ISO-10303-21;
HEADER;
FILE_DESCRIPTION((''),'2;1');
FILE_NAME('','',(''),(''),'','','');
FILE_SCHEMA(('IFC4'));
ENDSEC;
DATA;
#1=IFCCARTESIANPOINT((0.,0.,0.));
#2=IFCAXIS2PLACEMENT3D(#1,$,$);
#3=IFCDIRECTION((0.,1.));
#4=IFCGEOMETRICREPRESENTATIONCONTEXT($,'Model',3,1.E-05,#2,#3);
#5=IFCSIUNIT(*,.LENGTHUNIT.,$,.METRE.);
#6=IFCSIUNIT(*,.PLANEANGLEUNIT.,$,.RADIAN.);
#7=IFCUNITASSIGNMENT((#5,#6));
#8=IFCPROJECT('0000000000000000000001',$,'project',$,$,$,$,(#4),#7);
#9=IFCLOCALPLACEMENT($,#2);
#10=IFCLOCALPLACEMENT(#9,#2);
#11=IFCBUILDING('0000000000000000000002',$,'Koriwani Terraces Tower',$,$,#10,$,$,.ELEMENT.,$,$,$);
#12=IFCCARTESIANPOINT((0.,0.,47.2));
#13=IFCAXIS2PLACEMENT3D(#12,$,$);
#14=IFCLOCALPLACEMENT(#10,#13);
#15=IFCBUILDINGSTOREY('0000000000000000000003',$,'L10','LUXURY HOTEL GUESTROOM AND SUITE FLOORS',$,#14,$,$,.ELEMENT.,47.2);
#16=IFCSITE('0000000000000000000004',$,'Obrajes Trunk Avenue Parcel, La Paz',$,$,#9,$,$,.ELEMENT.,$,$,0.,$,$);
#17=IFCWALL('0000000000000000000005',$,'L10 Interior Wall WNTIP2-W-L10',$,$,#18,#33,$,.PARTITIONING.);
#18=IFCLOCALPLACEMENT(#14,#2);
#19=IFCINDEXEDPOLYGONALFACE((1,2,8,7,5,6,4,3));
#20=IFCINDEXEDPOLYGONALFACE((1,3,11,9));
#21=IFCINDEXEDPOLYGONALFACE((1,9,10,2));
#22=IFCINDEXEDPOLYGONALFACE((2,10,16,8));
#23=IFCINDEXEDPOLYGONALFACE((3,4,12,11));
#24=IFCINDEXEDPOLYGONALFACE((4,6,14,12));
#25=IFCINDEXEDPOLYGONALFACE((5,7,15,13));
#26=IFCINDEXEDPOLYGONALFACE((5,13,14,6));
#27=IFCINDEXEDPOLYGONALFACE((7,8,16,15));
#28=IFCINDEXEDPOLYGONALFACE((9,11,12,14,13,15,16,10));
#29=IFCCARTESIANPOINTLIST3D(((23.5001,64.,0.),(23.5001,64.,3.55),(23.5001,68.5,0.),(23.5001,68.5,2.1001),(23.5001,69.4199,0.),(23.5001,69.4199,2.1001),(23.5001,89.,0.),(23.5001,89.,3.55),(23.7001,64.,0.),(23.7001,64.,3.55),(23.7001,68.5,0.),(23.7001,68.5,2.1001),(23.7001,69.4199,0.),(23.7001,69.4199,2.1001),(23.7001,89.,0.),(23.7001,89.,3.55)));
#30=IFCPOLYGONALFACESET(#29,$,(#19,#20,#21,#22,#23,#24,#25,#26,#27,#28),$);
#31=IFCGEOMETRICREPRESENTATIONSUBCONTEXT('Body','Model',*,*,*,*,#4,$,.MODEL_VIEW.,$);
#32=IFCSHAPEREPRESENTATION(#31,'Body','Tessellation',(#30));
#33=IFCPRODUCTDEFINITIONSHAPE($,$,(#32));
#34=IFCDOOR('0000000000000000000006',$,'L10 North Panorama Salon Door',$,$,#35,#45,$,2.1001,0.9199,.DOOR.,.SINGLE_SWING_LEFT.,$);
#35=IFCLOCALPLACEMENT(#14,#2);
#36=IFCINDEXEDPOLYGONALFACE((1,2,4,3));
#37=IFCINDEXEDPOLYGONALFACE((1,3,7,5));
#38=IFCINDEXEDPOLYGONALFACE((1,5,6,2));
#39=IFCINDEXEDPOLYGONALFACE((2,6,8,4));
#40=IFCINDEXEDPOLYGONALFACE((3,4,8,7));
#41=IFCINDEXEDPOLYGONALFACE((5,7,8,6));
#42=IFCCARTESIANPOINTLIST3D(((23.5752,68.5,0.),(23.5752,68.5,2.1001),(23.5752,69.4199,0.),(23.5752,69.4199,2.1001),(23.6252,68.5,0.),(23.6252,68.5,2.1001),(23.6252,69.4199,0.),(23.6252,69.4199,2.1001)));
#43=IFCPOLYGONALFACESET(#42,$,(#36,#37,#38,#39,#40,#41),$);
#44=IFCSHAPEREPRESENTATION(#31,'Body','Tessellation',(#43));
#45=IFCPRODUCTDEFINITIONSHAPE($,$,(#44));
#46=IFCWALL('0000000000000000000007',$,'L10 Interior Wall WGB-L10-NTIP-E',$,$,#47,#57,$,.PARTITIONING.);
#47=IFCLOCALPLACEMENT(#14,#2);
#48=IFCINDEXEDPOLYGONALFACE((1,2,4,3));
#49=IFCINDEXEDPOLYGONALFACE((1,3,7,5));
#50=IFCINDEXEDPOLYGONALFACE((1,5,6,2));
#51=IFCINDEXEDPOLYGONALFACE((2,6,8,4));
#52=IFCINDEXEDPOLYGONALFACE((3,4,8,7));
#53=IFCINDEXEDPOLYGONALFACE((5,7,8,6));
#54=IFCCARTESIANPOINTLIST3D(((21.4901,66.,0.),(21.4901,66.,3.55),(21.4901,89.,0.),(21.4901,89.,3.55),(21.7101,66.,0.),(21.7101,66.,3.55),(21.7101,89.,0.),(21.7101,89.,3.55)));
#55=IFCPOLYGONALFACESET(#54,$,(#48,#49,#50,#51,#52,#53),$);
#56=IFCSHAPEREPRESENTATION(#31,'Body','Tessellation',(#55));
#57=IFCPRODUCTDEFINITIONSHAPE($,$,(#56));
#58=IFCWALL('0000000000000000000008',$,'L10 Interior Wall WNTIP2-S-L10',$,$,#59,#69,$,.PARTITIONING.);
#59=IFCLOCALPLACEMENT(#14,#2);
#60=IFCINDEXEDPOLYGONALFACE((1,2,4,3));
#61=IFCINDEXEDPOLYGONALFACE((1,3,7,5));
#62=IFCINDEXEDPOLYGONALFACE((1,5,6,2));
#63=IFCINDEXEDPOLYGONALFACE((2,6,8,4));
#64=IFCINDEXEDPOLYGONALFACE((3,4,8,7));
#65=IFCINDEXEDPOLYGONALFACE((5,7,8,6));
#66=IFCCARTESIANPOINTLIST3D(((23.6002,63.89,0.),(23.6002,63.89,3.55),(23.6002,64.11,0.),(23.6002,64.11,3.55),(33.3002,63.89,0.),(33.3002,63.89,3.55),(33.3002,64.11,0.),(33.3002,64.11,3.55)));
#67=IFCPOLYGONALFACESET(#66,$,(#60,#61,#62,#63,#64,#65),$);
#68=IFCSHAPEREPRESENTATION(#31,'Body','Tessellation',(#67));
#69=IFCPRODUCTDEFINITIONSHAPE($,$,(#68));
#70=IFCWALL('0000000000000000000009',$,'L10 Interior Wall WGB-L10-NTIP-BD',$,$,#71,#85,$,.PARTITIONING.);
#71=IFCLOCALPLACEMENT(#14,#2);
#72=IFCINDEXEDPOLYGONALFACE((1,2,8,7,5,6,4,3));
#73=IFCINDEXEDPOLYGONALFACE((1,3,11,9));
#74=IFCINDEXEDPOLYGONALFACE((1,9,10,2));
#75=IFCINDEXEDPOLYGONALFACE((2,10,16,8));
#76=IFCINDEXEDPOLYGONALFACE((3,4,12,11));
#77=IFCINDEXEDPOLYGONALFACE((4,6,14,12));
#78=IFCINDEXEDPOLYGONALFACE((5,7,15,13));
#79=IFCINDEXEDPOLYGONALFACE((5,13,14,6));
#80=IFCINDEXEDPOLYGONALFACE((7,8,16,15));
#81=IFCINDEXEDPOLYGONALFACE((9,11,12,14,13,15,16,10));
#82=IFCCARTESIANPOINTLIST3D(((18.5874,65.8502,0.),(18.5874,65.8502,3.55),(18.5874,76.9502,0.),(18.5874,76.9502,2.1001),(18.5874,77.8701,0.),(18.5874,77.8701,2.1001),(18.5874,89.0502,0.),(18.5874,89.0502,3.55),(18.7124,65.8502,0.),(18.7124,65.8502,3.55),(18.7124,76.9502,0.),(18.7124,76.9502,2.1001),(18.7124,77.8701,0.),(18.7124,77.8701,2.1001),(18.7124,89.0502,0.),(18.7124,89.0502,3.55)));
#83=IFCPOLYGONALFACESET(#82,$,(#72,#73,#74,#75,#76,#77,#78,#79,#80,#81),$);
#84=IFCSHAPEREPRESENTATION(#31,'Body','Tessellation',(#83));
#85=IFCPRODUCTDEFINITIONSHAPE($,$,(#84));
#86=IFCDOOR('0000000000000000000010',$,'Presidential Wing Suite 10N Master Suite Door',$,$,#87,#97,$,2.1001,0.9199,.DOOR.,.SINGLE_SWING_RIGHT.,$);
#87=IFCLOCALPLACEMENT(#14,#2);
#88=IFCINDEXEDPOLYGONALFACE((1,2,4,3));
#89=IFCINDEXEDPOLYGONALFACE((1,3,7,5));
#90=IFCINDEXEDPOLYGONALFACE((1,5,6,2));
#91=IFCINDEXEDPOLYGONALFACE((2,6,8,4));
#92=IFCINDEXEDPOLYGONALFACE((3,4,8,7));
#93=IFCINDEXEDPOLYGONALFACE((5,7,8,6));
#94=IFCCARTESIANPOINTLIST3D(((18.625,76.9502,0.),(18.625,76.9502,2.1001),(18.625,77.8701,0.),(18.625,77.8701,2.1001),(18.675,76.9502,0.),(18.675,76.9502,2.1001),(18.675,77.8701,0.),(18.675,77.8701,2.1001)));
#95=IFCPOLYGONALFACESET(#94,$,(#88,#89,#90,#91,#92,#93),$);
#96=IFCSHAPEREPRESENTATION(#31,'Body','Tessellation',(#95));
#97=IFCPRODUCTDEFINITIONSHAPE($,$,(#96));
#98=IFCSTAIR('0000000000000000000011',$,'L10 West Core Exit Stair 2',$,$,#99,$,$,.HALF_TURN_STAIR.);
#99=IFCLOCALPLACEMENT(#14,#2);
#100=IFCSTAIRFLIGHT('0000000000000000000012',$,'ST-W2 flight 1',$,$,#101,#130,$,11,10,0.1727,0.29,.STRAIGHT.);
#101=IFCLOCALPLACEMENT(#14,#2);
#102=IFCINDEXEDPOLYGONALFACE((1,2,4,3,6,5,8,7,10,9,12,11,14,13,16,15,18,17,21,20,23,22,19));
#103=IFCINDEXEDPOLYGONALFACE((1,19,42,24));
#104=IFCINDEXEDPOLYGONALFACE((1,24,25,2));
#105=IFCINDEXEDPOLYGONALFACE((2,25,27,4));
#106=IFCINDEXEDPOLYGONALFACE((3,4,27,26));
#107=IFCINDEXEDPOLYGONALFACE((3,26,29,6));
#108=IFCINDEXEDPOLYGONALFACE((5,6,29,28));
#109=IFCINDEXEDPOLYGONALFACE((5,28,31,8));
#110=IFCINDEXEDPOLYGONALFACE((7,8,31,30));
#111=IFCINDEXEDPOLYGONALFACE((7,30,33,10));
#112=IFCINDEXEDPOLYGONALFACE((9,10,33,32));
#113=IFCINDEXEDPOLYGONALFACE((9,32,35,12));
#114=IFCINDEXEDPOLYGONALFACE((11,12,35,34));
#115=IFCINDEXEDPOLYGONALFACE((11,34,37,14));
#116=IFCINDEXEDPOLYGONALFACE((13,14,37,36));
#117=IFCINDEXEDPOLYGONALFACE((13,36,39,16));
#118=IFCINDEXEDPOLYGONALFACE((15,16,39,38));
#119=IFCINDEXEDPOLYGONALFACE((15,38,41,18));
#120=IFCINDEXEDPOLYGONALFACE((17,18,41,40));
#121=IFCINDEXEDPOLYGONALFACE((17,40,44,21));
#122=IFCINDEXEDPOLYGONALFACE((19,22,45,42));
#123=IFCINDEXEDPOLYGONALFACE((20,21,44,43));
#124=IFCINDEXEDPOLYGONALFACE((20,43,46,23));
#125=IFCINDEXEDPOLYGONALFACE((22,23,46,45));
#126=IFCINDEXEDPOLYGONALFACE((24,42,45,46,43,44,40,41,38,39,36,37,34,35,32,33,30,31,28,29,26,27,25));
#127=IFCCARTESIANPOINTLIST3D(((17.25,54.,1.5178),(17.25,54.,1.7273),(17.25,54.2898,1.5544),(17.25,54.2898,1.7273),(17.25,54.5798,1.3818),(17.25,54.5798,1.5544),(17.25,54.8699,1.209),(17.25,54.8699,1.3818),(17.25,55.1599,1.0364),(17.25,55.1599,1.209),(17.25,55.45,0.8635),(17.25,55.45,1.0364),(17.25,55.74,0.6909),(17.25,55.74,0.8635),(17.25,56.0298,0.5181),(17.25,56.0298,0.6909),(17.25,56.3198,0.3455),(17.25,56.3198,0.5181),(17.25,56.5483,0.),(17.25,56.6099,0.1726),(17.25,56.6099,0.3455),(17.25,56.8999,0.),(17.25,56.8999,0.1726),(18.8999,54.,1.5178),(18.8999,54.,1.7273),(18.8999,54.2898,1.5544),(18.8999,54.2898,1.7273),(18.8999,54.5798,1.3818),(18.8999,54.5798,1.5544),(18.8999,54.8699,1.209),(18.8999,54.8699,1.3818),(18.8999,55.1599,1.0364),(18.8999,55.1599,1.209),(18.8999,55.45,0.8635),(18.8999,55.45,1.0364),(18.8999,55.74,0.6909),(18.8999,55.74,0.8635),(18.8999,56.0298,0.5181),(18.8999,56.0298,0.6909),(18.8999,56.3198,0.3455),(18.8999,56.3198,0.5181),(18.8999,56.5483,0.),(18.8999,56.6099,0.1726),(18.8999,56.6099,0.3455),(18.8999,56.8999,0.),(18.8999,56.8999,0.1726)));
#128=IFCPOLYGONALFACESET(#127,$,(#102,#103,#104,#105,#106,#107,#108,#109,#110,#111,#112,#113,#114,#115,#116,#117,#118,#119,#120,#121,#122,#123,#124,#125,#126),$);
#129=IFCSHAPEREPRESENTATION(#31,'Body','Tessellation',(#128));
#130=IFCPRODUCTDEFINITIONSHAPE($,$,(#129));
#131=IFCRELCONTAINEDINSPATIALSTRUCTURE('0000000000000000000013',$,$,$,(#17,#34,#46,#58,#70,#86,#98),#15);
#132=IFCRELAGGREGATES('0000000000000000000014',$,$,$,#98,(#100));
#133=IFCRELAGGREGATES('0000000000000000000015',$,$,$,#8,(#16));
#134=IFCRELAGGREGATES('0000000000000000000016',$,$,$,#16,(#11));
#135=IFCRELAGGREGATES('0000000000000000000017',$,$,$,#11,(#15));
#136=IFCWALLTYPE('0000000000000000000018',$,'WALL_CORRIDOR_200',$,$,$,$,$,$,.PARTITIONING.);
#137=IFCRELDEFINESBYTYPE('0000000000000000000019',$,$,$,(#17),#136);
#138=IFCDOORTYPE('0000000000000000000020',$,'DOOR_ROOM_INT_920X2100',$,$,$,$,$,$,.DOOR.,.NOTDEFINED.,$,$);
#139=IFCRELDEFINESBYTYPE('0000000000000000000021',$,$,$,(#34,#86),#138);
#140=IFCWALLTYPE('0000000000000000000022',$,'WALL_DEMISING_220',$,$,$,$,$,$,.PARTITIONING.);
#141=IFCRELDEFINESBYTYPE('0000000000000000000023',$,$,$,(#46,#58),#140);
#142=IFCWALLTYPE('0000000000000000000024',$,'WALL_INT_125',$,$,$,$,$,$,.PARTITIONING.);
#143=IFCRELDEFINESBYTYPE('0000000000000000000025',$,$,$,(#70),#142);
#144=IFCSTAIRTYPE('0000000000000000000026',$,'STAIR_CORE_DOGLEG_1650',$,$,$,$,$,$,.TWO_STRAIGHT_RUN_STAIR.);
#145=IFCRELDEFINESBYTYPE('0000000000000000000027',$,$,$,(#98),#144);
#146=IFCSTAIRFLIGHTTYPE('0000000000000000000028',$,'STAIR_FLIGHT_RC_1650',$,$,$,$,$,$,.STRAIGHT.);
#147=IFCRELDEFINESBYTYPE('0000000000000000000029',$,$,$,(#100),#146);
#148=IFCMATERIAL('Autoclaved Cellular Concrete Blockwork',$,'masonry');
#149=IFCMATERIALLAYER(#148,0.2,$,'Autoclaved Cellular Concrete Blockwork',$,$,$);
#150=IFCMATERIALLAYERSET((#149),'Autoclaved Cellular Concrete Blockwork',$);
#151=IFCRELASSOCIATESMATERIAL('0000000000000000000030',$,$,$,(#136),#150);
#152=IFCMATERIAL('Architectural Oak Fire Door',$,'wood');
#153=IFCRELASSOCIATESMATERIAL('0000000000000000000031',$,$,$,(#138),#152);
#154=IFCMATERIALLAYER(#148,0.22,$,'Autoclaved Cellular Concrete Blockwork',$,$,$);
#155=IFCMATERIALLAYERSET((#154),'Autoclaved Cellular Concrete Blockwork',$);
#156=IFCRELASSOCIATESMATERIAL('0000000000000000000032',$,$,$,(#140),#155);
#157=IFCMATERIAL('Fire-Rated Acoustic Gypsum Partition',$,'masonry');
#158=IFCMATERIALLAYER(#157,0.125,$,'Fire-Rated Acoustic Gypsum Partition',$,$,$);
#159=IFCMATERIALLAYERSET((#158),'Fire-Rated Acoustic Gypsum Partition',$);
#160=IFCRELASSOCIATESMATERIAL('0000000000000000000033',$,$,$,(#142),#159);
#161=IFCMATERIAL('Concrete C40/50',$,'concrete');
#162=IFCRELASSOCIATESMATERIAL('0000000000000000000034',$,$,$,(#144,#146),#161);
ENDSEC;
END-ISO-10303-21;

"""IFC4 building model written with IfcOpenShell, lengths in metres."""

from ifc_helpers import new_model, si_unit, direction, frame, frame_2d, origin, place, context, subcontext, project, spatial, polyline, rectangle, outline, extrude, material, layer, layer_set, type_object, element, fill, aggregate, save


model = new_model("IFC4")

# Units and contexts
model_context = context("Model", 3, precision=1e-05, world=origin(), true_north=direction((0.0, 1.0)))
body_context = subcontext(model_context, "Body", "Model", "MODEL_VIEW")
ifc_project = project(units=[si_unit("LENGTHUNIT", "METRE"), si_unit("PLANEANGLEUNIT", "RADIAN")], contexts=[model_context])

# Site, building, storey
site_placement = place(None, origin())
site = spatial("IfcSite", under=ifc_project, at=site_placement, Name="Obrajes Trunk Avenue Parcel, La Paz", CompositionType="ELEMENT", RefElevation=0.0)
building_placement = place(site_placement, origin())
building = spatial("IfcBuilding", under=site, at=building_placement, Name="Koriwani Terraces Tower", CompositionType="ELEMENT")
storey_placement = place(building_placement, frame((0.0, 0.0, 47.2)))
storey = spatial("IfcBuildingStorey", under=building, at=storey_placement, Name="L10", Description="LUXURY HOTEL GUESTROOM AND SUITE FLOORS", CompositionType="ELEMENT", Elevation=47.2)

# Wall, opening, door
ifc_material_1 = material(Name="Autoclaved Cellular Concrete Blockwork", Category="masonry")
ifc_layer_1 = layer(ifc_material_1, 0.2, Name="Autoclaved Cellular Concrete Blockwork")
ifc_layer_set_1 = layer_set([ifc_layer_1], Name="Autoclaved Cellular Concrete Blockwork")
wall_type_1 = type_object("IfcWallType", Name="WALL_CORRIDOR_200", PredefinedType="PARTITIONING", material=ifc_layer_set_1)
wall_1_placement = place(storey_placement, frame((23.6001, 64.0, 0.0), z_axis=(0.0, 0.0, 1.0), x_axis=(0.0, 1.0, 0.0)))
wall_1 = element("IfcWall", 1, at=wall_1_placement, inside=storey, type_object=wall_type_1, Name="L10 Interior Wall WNTIP2-W-L10", PredefinedType="PARTITIONING", context=body_context, shape_type="SweptSolid", body=[
    extrude(rectangle(XDim=25.0, YDim=0.2, at=frame_2d((12.5, 0.0))), origin(), (0.0, 0.0, 1.0), 3.55),
])
opening_1_placement = place(wall_1_placement, frame((4.5, 0.0, 0.0)))
opening_1 = element("IfcOpeningElement", 2, at=opening_1_placement, cuts=wall_1, PredefinedType="OPENING", context=body_context, shape_type="SweptSolid", body=[
    extrude(rectangle(XDim=0.9199, YDim=2.1001, at=frame_2d((0.46, 1.05))), frame((0.0, 0.1099, 0.0), z_axis=(0.0, -1.0, 0.0), x_axis=(1.0, 0.0, 0.0)), (0.0, 0.0, 1.0), 0.22),
])
ifc_material_2 = material(Name="Architectural Oak Fire Door", Category="wood")
door_type_1 = type_object("IfcDoorType", Name="DOOR_ROOM_INT_920X2100", OperationType="NOTDEFINED", PredefinedType="DOOR", material=ifc_material_2)
door_1_placement = place(opening_1_placement, origin())
door_1 = element("IfcDoor", 3, at=door_1_placement, inside=storey, type_object=door_type_1, Name="L10 North Panorama Salon Door", OperationType="SINGLE_SWING_LEFT", OverallHeight=2.1001, OverallWidth=0.9199, PredefinedType="DOOR", context=body_context, shape_type="SweptSolid", body=[
    extrude(rectangle(XDim=0.9199, YDim=2.1001, at=frame_2d((0.46, 1.05))), frame((0.0, 0.0249, 0.0), z_axis=(0.0, -1.0, 0.0), x_axis=(1.0, 0.0, 0.0)), (0.0, 0.0, 1.0), 0.05),
])
fill(opening_1, door_1)

# Walls
ifc_layer_2 = layer(ifc_material_1, 0.22, Name="Autoclaved Cellular Concrete Blockwork")
ifc_layer_set_2 = layer_set([ifc_layer_2], Name="Autoclaved Cellular Concrete Blockwork")
wall_type_2 = type_object("IfcWallType", Name="WALL_DEMISING_220", PredefinedType="PARTITIONING", material=ifc_layer_set_2)
wall_2_placement = place(storey_placement, frame((21.6001, 66.0, 0.0), z_axis=(0.0, 0.0, 1.0), x_axis=(0.0, 1.0, 0.0)))
element("IfcWall", 4, at=wall_2_placement, inside=storey, type_object=wall_type_2, Name="L10 Interior Wall WGB-L10-NTIP-E", PredefinedType="PARTITIONING", context=body_context, shape_type="SweptSolid", body=[
    extrude(rectangle(XDim=23.0, YDim=0.22, at=frame_2d((11.5, 0.0))), origin(), (0.0, 0.0, 1.0), 3.55),
])
wall_3_placement = place(storey_placement, frame((23.6001, 64.0, 0.0), z_axis=(0.0, 0.0, 1.0), x_axis=(1.0, 0.0, 0.0)))
element("IfcWall", 5, at=wall_3_placement, inside=storey, type_object=wall_type_2, Name="L10 Interior Wall WNTIP2-S-L10", PredefinedType="PARTITIONING", context=body_context, shape_type="SweptSolid", body=[
    extrude(rectangle(XDim=9.7, YDim=0.22, at=frame_2d((4.8501, 0.0))), origin(), (0.0, 0.0, 1.0), 3.55),
])

# Wall, opening, door
ifc_material_3 = material(Name="Fire-Rated Acoustic Gypsum Partition", Category="masonry")
ifc_layer_3 = layer(ifc_material_3, 0.125, Name="Fire-Rated Acoustic Gypsum Partition")
ifc_layer_set_3 = layer_set([ifc_layer_3], Name="Fire-Rated Acoustic Gypsum Partition")
wall_type_3 = type_object("IfcWallType", Name="WALL_INT_125", PredefinedType="PARTITIONING", material=ifc_layer_set_3)
wall_4_placement = place(storey_placement, frame((18.6499, 65.8501, 0.0), z_axis=(0.0, 0.0, 1.0), x_axis=(0.0, 1.0, 0.0)))
wall_4 = element("IfcWall", 6, at=wall_4_placement, inside=storey, type_object=wall_type_3, Name="L10 Interior Wall WGB-L10-NTIP-BD", PredefinedType="PARTITIONING", context=body_context, shape_type="SweptSolid", body=[
    extrude(rectangle(XDim=23.2, YDim=0.125, at=frame_2d((11.6001, 0.0))), origin(), (0.0, 0.0, 1.0), 3.55),
])
opening_2_placement = place(wall_4_placement, frame((11.1001, 0.0, 0.0)))
opening_2 = element("IfcOpeningElement", 7, at=opening_2_placement, cuts=wall_4, PredefinedType="OPENING", context=body_context, shape_type="SweptSolid", body=[
    extrude(rectangle(XDim=0.9199, YDim=2.1001, at=frame_2d((0.46, 1.05))), frame((0.0, 0.0725, 0.0), z_axis=(0.0, -1.0, 0.0), x_axis=(1.0, 0.0, 0.0)), (0.0, 0.0, 1.0), 0.145),
])
door_2_placement = place(opening_2_placement, origin())
door_2 = element("IfcDoor", 8, at=door_2_placement, inside=storey, type_object=door_type_1, Name="Presidential Wing Suite 10N Master Suite Door", OperationType="SINGLE_SWING_RIGHT", OverallHeight=2.1001, OverallWidth=0.9199, PredefinedType="DOOR", context=body_context, shape_type="SweptSolid", body=[
    extrude(rectangle(XDim=0.9199, YDim=2.1001, at=frame_2d((0.46, 1.05))), frame((0.0, 0.0249, 0.0), z_axis=(0.0, -1.0, 0.0), x_axis=(1.0, 0.0, 0.0)), (0.0, 0.0, 1.0), 0.05),
])
fill(opening_2, door_2)
ifc_material_4 = material(Name="Concrete C40/50", Category="concrete")

# Stair, stair flight
stair_type = type_object("IfcStairType", Name="STAIR_CORE_DOGLEG_1650", PredefinedType="TWO_STRAIGHT_RUN_STAIR", material=ifc_material_4)
stair_placement = place(storey_placement, origin())
stair = element("IfcStair", 9, at=stair_placement, inside=storey, type_object=stair_type, Name="L10 West Core Exit Stair 2", PredefinedType="HALF_TURN_STAIR")
stair_flight_type = type_object("IfcStairFlightType", Name="STAIR_FLIGHT_RC_1650", PredefinedType="STRAIGHT", material=ifc_material_4)
stair_flight_placement = place(storey_placement, frame((18.075, 56.8999, 0.0), z_axis=(0.0, 0.0, 1.0), x_axis=(0.0, -1.0, 0.0)))
stair_flight = element("IfcStairFlight", 10, at=stair_flight_placement, type_object=stair_flight_type, Name="ST-W2 flight 1", NumberOfRisers=11, NumberOfTreads=10, PredefinedType="STRAIGHT", RiserHeight=0.1727, TreadLength=0.29, context=body_context, shape_type="SweptSolid", body=[
    extrude(outline(polyline([(0.0, 0.0), (0.0, 0.1726), (0.29, 0.1726), (0.29, 0.3455), (0.5801, 0.3455), (0.5801, 0.5181), (0.8701, 0.5181), (0.8701, 0.6909), (1.1599, 0.6909), (1.1599, 0.8635), (1.45, 0.8635), (1.45, 1.0364), (1.74, 1.0364), (1.74, 1.209), (2.03, 1.209), (2.03, 1.3818), (2.3201, 1.3818), (2.3201, 1.5544), (2.6101, 1.5544), (2.6101, 1.7273), (2.8999, 1.7273), (2.8999, 1.8999), (2.8999, 1.5178), (0.3516, 0.0), (0.0, 0.0)])), frame((0.0, 0.825, 0.0), z_axis=(0.0, -1.0, 0.0), x_axis=(1.0, 0.0, 0.0)), (0.0, 0.0, 1.0), 1.6499),
])
aggregate(stair, [stair_flight])

save(model, "model.ifc")
